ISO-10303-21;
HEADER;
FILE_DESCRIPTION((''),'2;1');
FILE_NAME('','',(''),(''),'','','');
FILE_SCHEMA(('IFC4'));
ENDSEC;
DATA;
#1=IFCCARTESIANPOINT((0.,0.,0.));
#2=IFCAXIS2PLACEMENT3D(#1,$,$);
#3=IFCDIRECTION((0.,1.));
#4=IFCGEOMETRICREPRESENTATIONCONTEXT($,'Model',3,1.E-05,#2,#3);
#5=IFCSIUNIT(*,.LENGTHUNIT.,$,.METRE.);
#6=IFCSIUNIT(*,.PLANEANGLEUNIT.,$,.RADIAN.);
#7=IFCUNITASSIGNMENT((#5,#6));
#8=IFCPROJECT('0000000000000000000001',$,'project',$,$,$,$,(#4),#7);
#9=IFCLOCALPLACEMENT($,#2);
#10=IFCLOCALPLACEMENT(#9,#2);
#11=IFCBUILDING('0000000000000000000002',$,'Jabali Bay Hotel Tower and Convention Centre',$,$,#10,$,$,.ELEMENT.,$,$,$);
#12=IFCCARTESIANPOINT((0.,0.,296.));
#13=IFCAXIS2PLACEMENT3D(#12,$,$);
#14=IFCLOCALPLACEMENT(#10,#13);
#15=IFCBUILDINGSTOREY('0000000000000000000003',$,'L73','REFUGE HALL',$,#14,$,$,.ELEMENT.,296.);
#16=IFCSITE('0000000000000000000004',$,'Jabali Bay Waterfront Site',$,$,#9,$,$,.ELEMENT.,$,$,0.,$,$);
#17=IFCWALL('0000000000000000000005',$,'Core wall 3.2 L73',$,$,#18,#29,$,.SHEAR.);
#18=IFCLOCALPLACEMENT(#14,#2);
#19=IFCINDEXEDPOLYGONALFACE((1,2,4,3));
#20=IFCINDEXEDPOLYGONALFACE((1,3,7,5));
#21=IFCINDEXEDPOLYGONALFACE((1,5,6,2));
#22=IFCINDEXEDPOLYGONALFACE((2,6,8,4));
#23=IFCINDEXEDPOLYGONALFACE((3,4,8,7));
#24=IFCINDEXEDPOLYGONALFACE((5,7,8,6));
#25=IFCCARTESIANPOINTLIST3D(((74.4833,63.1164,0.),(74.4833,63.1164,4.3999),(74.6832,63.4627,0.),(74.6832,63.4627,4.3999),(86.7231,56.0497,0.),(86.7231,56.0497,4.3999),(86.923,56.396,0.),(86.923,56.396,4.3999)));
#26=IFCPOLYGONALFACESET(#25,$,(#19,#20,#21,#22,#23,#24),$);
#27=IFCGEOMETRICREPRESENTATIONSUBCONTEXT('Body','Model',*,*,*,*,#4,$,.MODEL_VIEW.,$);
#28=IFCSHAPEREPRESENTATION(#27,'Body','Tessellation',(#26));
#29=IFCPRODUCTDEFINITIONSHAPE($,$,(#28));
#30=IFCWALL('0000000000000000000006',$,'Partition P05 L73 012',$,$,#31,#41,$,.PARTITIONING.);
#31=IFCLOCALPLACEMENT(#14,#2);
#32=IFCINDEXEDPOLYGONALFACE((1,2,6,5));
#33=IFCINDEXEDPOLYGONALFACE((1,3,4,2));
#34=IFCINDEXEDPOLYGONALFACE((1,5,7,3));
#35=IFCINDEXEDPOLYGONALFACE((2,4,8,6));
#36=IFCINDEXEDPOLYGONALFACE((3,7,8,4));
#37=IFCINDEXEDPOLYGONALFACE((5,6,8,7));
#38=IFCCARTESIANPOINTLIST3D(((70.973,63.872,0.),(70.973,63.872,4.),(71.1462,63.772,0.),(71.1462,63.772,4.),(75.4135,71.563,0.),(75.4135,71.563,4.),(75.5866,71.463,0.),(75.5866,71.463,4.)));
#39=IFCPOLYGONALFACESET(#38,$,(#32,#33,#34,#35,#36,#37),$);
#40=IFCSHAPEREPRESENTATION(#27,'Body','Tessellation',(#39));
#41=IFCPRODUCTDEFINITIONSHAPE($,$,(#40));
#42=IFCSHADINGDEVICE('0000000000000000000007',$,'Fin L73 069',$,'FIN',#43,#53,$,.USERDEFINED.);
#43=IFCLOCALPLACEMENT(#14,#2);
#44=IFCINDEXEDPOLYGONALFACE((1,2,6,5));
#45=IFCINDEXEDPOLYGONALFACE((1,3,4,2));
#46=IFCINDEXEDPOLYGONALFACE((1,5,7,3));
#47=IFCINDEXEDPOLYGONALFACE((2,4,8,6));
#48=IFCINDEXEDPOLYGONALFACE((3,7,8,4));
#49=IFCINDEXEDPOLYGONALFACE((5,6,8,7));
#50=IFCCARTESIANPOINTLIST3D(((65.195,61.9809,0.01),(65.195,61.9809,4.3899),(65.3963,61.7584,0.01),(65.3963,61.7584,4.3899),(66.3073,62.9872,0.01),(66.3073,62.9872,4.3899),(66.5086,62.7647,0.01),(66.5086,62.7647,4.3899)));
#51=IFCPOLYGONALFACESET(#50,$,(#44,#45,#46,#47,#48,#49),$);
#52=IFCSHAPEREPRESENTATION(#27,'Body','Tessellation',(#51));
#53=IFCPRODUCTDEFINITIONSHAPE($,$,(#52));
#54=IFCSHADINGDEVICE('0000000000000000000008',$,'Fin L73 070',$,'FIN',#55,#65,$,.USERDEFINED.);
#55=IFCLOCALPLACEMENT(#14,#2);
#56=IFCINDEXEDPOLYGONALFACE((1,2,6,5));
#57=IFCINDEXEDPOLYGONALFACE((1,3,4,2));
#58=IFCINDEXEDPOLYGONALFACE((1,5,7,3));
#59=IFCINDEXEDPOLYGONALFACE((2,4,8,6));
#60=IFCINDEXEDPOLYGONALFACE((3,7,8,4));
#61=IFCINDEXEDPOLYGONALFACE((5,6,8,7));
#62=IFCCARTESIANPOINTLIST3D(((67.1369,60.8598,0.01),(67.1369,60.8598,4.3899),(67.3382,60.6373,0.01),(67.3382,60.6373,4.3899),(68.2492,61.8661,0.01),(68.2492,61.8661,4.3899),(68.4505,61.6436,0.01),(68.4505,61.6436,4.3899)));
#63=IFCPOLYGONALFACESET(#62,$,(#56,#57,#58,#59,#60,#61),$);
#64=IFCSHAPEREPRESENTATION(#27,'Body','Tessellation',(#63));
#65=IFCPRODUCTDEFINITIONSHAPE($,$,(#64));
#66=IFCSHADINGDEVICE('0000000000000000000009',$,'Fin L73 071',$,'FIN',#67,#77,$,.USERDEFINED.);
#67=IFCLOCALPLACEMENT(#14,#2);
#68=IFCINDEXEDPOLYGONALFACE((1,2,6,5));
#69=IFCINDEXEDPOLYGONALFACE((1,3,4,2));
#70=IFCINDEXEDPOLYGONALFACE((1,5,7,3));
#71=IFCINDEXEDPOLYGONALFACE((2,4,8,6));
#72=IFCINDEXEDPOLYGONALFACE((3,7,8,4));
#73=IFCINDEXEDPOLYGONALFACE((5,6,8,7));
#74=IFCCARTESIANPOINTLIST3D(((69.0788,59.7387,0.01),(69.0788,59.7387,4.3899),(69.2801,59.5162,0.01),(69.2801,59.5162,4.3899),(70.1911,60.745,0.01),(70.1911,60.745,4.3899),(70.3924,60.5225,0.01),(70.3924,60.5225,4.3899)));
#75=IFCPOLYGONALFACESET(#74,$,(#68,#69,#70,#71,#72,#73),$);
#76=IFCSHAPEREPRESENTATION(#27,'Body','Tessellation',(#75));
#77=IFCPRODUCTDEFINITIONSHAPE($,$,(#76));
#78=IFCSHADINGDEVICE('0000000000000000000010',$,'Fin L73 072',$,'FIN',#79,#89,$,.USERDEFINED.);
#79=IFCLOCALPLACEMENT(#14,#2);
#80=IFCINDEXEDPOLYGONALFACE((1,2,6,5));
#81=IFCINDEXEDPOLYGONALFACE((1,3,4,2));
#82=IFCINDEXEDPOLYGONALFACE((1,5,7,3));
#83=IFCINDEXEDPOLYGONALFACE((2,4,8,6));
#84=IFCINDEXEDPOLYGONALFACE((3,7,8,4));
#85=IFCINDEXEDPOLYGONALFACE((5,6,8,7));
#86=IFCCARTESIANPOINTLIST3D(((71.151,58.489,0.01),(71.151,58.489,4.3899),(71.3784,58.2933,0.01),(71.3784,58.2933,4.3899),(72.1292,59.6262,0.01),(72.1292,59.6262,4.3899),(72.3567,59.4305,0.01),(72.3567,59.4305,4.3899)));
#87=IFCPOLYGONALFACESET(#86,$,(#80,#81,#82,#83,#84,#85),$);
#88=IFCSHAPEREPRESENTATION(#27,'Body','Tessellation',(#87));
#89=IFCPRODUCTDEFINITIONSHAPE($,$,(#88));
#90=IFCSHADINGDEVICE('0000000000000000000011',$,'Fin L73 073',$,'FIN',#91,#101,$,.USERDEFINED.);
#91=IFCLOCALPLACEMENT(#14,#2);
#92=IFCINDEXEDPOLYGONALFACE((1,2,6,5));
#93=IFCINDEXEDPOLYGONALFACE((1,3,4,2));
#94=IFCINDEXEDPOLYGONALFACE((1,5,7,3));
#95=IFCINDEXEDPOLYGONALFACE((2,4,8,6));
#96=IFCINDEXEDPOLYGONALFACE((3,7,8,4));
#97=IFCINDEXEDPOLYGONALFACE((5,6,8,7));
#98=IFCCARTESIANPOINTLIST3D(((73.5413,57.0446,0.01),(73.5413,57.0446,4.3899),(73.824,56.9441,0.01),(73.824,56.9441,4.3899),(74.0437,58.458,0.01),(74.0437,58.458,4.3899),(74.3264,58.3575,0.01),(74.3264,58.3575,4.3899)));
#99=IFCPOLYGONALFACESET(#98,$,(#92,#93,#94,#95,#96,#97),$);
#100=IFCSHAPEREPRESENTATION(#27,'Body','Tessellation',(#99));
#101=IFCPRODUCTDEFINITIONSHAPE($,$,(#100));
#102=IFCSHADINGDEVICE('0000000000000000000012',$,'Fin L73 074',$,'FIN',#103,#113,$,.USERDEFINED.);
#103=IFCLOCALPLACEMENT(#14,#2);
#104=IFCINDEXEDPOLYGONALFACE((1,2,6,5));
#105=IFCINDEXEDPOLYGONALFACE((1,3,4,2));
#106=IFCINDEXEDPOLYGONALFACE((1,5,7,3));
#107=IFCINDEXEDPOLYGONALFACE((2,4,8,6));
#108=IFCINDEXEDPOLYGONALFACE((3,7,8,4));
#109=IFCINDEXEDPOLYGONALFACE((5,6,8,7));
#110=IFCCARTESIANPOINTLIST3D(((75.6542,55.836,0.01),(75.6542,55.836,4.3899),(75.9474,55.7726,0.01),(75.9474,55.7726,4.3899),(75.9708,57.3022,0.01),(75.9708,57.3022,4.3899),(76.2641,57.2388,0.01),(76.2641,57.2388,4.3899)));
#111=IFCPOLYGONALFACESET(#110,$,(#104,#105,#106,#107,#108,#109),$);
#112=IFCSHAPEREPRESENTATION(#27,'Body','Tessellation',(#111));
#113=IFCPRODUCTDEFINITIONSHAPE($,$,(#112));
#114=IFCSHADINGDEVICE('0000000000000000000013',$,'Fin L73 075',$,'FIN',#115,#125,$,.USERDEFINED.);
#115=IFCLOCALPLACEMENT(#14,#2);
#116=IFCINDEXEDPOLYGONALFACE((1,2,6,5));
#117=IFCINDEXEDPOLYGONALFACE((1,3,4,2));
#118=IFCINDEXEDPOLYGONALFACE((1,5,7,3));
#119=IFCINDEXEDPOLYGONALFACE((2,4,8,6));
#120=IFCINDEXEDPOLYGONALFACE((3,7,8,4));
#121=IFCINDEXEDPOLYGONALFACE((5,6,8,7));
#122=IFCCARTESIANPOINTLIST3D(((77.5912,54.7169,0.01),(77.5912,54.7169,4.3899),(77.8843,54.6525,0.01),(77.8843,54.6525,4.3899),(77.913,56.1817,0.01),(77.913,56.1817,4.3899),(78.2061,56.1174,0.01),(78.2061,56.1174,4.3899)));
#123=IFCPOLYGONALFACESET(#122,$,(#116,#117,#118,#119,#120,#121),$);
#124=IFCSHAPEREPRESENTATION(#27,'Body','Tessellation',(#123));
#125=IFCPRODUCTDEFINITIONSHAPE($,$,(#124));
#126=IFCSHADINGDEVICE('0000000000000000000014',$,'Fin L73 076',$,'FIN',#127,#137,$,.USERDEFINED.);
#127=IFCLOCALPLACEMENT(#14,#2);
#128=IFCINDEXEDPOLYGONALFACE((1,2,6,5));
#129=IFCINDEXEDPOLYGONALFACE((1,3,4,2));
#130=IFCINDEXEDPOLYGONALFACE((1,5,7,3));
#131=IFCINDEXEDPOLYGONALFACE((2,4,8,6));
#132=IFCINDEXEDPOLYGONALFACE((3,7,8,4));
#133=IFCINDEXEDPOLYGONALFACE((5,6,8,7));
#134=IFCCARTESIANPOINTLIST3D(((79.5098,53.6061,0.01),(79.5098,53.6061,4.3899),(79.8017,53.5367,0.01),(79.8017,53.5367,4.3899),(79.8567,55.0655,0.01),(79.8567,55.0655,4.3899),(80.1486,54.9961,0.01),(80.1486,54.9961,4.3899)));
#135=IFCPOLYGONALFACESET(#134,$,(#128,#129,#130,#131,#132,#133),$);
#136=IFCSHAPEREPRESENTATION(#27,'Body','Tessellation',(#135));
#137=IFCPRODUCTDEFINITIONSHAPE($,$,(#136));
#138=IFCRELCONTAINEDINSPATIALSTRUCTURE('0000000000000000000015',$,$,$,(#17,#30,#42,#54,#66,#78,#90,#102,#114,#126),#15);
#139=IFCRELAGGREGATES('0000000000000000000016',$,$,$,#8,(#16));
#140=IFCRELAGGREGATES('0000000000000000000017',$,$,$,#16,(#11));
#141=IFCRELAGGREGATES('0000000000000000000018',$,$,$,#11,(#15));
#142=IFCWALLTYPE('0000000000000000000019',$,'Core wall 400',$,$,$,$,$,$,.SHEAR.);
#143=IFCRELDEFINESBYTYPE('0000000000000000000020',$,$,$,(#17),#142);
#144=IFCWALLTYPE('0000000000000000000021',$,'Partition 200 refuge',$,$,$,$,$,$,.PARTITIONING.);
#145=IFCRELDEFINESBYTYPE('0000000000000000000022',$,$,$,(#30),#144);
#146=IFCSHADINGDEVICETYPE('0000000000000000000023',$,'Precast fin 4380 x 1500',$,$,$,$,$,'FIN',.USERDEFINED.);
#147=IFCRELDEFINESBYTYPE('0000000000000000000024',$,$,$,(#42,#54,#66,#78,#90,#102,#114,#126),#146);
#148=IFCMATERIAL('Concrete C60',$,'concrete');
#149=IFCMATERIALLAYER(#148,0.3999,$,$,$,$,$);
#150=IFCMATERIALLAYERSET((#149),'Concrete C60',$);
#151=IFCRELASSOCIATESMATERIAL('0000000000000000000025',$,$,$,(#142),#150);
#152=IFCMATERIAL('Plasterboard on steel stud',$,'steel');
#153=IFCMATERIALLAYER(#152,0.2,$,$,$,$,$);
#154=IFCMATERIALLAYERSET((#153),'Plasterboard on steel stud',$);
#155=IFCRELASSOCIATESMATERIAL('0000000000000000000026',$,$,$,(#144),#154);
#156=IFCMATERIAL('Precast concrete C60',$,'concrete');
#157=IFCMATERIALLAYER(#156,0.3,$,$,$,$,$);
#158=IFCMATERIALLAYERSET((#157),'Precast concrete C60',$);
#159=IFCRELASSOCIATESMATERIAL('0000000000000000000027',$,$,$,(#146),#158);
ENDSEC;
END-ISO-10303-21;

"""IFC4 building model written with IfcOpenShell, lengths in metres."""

from ifc_helpers import new_model, si_unit, direction, frame, frame_2d, origin, place, context, subcontext, project, spatial, rectangle, extrude, material, layer, layer_set, type_object, element, save


model = new_model("IFC4")

# Units and contexts
model_context = context("Model", 3, precision=1e-05, world=origin(), true_north=direction((0.0, 1.0)))
body_context = subcontext(model_context, "Body", "Model", "MODEL_VIEW")
ifc_project = project(units=[si_unit("LENGTHUNIT", "METRE"), si_unit("PLANEANGLEUNIT", "RADIAN")], contexts=[model_context])

# Site, building, storey
site_placement = place(None, origin())
site = spatial("IfcSite", under=ifc_project, at=site_placement, Name="Jabali Bay Waterfront Site", CompositionType="ELEMENT", RefElevation=0.0)
building_placement = place(site_placement, origin())
building = spatial("IfcBuilding", under=site, at=building_placement, Name="Jabali Bay Hotel Tower and Convention Centre", CompositionType="ELEMENT")
storey_placement = place(building_placement, frame((0.0, 0.0, 296.0)))
storey = spatial("IfcBuildingStorey", under=building, at=storey_placement, Name="L73", Description="REFUGE HALL", CompositionType="ELEMENT", Elevation=296.0)

# Shared definitions
ifc_material_1 = material(Name="Concrete C60", Category="concrete")

# Walls
ifc_layer_1 = layer(ifc_material_1, 0.3999)
ifc_layer_set_1 = layer_set([ifc_layer_1], Name="Concrete C60")
wall_type_1 = type_object("IfcWallType", Name="Core wall 400", PredefinedType="SHEAR", material=ifc_layer_set_1)
wall_1_placement = place(storey_placement, frame((74.5833, 63.2896, 0.0), z_axis=(0.0, 0.0, 1.0), x_axis=(0.866024, -0.500002, 0.0)))
element("IfcWall", 1, at=wall_1_placement, inside=storey, type_object=wall_type_1, Name="Core wall 3.2 L73", PredefinedType="SHEAR", context=body_context, shape_type="SweptSolid", body=[
    extrude(rectangle(XDim=14.1333, YDim=0.3999, at=frame_2d((7.0667, 0.0))), origin(), (0.0, 0.0, 1.0), 4.3999),
])
ifc_material_2 = material(Name="Plasterboard on steel stud", Category="steel")
ifc_layer_2 = layer(ifc_material_2, 0.2)
ifc_layer_set_2 = layer_set([ifc_layer_2], Name="Plasterboard on steel stud")
wall_type_2 = type_object("IfcWallType", Name="Partition 200 refuge", PredefinedType="PARTITIONING", material=ifc_layer_set_2)
wall_2_placement = place(storey_placement, frame((71.0596, 63.822, 0.0), z_axis=(0.0, 0.0, 1.0), x_axis=(0.500006, 0.866022, 0.0)))
element("IfcWall", 2, at=wall_2_placement, inside=storey, type_object=wall_type_2, Name="Partition P05 L73 012", PredefinedType="PARTITIONING", context=body_context, shape_type="SweptSolid", body=[
    extrude(rectangle(XDim=8.8809, YDim=0.2, at=frame_2d((4.4404, 0.0))), origin(), (0.0, 0.0, 1.0), 4.0),
])

# Shading devices
ifc_material_3 = material(Name="Precast concrete C60", Category="concrete")
ifc_layer_3 = layer(ifc_material_3, 0.3)
ifc_layer_set_3 = layer_set([ifc_layer_3], Name="Precast concrete C60")
shading_device_type = type_object("IfcShadingDeviceType", Name="Precast fin 4380 x 1500", ElementType="FIN", PredefinedType="USERDEFINED", material=ifc_layer_set_3)
for number, where, z_axis, x_axis, name in (
    (3, (66.408, 62.876, 0.01), (0.0, 0.0, 1.0), (-0.741543, -0.670905, 0.0), "Fin L73 069"),
    (4, (68.3499, 61.7549, 0.01), (0.0, 0.0, 1.0), (-0.741543, -0.670905, 0.0), "Fin L73 070"),
    (5, (70.2917, 60.6338, 0.01), (0.0, 0.0, 1.0), (-0.741543, -0.670905, 0.0), "Fin L73 071"),
    (6, (72.2429, 59.5283, 0.01), (0.0, 0.0, 1.0), (-0.652144, -0.758095, 0.0), "Fin L73 072"),
    (7, (74.1851, 58.4077, 0.01), (0.0, 0.0, 1.0), (-0.334965, -0.942231, 0.0), "Fin L73 073"),
    (8, (76.1174, 57.2705, 0.01), (0.0, 0.0, 1.0), (-0.211085, -0.977468, 0.0), "Fin L73 074"),
):
    element("IfcShadingDevice", number, at=place(storey_placement, frame(where, z_axis=z_axis, x_axis=x_axis)), inside=storey, type_object=shading_device_type, Name=name, ObjectType="FIN", PredefinedType="USERDEFINED", context=body_context, shape_type="SweptSolid", body=[
        extrude(rectangle(XDim=1.5, YDim=0.3, at=frame_2d((0.75, 0.0))), origin(), (0.0, 0.0, 1.0), 4.3799),
    ])
shading_device_1_placement = place(storey_placement, frame((78.0596, 56.1497, 0.01), z_axis=(0.0, 0.0, 1.0), x_axis=(-0.214551, -0.976713, 0.0)))
element("IfcShadingDevice", 9, at=shading_device_1_placement, inside=storey, type_object=shading_device_type, Name="Fin L73 075", ObjectType="FIN", PredefinedType="USERDEFINED", context=body_context, shape_type="SweptSolid", body=[
    extrude(rectangle(XDim=1.4998, YDim=0.3, at=frame_2d((0.75, 0.0))), origin(), (0.0, 0.0, 1.0), 4.3799),
])
shading_device_2_placement = place(storey_placement, frame((80.0027, 55.0308, 0.01), z_axis=(0.0, 0.0, 1.0), x_axis=(-0.231298, -0.972883, 0.0)))
element("IfcShadingDevice", 10, at=shading_device_2_placement, inside=storey, type_object=shading_device_type, Name="Fin L73 076", ObjectType="FIN", PredefinedType="USERDEFINED", context=body_context, shape_type="SweptSolid", body=[
    extrude(rectangle(XDim=1.5, YDim=0.3, at=frame_2d((0.75, 0.0))), origin(), (0.0, 0.0, 1.0), 4.3799),
])

save(model, "model.ifc")
